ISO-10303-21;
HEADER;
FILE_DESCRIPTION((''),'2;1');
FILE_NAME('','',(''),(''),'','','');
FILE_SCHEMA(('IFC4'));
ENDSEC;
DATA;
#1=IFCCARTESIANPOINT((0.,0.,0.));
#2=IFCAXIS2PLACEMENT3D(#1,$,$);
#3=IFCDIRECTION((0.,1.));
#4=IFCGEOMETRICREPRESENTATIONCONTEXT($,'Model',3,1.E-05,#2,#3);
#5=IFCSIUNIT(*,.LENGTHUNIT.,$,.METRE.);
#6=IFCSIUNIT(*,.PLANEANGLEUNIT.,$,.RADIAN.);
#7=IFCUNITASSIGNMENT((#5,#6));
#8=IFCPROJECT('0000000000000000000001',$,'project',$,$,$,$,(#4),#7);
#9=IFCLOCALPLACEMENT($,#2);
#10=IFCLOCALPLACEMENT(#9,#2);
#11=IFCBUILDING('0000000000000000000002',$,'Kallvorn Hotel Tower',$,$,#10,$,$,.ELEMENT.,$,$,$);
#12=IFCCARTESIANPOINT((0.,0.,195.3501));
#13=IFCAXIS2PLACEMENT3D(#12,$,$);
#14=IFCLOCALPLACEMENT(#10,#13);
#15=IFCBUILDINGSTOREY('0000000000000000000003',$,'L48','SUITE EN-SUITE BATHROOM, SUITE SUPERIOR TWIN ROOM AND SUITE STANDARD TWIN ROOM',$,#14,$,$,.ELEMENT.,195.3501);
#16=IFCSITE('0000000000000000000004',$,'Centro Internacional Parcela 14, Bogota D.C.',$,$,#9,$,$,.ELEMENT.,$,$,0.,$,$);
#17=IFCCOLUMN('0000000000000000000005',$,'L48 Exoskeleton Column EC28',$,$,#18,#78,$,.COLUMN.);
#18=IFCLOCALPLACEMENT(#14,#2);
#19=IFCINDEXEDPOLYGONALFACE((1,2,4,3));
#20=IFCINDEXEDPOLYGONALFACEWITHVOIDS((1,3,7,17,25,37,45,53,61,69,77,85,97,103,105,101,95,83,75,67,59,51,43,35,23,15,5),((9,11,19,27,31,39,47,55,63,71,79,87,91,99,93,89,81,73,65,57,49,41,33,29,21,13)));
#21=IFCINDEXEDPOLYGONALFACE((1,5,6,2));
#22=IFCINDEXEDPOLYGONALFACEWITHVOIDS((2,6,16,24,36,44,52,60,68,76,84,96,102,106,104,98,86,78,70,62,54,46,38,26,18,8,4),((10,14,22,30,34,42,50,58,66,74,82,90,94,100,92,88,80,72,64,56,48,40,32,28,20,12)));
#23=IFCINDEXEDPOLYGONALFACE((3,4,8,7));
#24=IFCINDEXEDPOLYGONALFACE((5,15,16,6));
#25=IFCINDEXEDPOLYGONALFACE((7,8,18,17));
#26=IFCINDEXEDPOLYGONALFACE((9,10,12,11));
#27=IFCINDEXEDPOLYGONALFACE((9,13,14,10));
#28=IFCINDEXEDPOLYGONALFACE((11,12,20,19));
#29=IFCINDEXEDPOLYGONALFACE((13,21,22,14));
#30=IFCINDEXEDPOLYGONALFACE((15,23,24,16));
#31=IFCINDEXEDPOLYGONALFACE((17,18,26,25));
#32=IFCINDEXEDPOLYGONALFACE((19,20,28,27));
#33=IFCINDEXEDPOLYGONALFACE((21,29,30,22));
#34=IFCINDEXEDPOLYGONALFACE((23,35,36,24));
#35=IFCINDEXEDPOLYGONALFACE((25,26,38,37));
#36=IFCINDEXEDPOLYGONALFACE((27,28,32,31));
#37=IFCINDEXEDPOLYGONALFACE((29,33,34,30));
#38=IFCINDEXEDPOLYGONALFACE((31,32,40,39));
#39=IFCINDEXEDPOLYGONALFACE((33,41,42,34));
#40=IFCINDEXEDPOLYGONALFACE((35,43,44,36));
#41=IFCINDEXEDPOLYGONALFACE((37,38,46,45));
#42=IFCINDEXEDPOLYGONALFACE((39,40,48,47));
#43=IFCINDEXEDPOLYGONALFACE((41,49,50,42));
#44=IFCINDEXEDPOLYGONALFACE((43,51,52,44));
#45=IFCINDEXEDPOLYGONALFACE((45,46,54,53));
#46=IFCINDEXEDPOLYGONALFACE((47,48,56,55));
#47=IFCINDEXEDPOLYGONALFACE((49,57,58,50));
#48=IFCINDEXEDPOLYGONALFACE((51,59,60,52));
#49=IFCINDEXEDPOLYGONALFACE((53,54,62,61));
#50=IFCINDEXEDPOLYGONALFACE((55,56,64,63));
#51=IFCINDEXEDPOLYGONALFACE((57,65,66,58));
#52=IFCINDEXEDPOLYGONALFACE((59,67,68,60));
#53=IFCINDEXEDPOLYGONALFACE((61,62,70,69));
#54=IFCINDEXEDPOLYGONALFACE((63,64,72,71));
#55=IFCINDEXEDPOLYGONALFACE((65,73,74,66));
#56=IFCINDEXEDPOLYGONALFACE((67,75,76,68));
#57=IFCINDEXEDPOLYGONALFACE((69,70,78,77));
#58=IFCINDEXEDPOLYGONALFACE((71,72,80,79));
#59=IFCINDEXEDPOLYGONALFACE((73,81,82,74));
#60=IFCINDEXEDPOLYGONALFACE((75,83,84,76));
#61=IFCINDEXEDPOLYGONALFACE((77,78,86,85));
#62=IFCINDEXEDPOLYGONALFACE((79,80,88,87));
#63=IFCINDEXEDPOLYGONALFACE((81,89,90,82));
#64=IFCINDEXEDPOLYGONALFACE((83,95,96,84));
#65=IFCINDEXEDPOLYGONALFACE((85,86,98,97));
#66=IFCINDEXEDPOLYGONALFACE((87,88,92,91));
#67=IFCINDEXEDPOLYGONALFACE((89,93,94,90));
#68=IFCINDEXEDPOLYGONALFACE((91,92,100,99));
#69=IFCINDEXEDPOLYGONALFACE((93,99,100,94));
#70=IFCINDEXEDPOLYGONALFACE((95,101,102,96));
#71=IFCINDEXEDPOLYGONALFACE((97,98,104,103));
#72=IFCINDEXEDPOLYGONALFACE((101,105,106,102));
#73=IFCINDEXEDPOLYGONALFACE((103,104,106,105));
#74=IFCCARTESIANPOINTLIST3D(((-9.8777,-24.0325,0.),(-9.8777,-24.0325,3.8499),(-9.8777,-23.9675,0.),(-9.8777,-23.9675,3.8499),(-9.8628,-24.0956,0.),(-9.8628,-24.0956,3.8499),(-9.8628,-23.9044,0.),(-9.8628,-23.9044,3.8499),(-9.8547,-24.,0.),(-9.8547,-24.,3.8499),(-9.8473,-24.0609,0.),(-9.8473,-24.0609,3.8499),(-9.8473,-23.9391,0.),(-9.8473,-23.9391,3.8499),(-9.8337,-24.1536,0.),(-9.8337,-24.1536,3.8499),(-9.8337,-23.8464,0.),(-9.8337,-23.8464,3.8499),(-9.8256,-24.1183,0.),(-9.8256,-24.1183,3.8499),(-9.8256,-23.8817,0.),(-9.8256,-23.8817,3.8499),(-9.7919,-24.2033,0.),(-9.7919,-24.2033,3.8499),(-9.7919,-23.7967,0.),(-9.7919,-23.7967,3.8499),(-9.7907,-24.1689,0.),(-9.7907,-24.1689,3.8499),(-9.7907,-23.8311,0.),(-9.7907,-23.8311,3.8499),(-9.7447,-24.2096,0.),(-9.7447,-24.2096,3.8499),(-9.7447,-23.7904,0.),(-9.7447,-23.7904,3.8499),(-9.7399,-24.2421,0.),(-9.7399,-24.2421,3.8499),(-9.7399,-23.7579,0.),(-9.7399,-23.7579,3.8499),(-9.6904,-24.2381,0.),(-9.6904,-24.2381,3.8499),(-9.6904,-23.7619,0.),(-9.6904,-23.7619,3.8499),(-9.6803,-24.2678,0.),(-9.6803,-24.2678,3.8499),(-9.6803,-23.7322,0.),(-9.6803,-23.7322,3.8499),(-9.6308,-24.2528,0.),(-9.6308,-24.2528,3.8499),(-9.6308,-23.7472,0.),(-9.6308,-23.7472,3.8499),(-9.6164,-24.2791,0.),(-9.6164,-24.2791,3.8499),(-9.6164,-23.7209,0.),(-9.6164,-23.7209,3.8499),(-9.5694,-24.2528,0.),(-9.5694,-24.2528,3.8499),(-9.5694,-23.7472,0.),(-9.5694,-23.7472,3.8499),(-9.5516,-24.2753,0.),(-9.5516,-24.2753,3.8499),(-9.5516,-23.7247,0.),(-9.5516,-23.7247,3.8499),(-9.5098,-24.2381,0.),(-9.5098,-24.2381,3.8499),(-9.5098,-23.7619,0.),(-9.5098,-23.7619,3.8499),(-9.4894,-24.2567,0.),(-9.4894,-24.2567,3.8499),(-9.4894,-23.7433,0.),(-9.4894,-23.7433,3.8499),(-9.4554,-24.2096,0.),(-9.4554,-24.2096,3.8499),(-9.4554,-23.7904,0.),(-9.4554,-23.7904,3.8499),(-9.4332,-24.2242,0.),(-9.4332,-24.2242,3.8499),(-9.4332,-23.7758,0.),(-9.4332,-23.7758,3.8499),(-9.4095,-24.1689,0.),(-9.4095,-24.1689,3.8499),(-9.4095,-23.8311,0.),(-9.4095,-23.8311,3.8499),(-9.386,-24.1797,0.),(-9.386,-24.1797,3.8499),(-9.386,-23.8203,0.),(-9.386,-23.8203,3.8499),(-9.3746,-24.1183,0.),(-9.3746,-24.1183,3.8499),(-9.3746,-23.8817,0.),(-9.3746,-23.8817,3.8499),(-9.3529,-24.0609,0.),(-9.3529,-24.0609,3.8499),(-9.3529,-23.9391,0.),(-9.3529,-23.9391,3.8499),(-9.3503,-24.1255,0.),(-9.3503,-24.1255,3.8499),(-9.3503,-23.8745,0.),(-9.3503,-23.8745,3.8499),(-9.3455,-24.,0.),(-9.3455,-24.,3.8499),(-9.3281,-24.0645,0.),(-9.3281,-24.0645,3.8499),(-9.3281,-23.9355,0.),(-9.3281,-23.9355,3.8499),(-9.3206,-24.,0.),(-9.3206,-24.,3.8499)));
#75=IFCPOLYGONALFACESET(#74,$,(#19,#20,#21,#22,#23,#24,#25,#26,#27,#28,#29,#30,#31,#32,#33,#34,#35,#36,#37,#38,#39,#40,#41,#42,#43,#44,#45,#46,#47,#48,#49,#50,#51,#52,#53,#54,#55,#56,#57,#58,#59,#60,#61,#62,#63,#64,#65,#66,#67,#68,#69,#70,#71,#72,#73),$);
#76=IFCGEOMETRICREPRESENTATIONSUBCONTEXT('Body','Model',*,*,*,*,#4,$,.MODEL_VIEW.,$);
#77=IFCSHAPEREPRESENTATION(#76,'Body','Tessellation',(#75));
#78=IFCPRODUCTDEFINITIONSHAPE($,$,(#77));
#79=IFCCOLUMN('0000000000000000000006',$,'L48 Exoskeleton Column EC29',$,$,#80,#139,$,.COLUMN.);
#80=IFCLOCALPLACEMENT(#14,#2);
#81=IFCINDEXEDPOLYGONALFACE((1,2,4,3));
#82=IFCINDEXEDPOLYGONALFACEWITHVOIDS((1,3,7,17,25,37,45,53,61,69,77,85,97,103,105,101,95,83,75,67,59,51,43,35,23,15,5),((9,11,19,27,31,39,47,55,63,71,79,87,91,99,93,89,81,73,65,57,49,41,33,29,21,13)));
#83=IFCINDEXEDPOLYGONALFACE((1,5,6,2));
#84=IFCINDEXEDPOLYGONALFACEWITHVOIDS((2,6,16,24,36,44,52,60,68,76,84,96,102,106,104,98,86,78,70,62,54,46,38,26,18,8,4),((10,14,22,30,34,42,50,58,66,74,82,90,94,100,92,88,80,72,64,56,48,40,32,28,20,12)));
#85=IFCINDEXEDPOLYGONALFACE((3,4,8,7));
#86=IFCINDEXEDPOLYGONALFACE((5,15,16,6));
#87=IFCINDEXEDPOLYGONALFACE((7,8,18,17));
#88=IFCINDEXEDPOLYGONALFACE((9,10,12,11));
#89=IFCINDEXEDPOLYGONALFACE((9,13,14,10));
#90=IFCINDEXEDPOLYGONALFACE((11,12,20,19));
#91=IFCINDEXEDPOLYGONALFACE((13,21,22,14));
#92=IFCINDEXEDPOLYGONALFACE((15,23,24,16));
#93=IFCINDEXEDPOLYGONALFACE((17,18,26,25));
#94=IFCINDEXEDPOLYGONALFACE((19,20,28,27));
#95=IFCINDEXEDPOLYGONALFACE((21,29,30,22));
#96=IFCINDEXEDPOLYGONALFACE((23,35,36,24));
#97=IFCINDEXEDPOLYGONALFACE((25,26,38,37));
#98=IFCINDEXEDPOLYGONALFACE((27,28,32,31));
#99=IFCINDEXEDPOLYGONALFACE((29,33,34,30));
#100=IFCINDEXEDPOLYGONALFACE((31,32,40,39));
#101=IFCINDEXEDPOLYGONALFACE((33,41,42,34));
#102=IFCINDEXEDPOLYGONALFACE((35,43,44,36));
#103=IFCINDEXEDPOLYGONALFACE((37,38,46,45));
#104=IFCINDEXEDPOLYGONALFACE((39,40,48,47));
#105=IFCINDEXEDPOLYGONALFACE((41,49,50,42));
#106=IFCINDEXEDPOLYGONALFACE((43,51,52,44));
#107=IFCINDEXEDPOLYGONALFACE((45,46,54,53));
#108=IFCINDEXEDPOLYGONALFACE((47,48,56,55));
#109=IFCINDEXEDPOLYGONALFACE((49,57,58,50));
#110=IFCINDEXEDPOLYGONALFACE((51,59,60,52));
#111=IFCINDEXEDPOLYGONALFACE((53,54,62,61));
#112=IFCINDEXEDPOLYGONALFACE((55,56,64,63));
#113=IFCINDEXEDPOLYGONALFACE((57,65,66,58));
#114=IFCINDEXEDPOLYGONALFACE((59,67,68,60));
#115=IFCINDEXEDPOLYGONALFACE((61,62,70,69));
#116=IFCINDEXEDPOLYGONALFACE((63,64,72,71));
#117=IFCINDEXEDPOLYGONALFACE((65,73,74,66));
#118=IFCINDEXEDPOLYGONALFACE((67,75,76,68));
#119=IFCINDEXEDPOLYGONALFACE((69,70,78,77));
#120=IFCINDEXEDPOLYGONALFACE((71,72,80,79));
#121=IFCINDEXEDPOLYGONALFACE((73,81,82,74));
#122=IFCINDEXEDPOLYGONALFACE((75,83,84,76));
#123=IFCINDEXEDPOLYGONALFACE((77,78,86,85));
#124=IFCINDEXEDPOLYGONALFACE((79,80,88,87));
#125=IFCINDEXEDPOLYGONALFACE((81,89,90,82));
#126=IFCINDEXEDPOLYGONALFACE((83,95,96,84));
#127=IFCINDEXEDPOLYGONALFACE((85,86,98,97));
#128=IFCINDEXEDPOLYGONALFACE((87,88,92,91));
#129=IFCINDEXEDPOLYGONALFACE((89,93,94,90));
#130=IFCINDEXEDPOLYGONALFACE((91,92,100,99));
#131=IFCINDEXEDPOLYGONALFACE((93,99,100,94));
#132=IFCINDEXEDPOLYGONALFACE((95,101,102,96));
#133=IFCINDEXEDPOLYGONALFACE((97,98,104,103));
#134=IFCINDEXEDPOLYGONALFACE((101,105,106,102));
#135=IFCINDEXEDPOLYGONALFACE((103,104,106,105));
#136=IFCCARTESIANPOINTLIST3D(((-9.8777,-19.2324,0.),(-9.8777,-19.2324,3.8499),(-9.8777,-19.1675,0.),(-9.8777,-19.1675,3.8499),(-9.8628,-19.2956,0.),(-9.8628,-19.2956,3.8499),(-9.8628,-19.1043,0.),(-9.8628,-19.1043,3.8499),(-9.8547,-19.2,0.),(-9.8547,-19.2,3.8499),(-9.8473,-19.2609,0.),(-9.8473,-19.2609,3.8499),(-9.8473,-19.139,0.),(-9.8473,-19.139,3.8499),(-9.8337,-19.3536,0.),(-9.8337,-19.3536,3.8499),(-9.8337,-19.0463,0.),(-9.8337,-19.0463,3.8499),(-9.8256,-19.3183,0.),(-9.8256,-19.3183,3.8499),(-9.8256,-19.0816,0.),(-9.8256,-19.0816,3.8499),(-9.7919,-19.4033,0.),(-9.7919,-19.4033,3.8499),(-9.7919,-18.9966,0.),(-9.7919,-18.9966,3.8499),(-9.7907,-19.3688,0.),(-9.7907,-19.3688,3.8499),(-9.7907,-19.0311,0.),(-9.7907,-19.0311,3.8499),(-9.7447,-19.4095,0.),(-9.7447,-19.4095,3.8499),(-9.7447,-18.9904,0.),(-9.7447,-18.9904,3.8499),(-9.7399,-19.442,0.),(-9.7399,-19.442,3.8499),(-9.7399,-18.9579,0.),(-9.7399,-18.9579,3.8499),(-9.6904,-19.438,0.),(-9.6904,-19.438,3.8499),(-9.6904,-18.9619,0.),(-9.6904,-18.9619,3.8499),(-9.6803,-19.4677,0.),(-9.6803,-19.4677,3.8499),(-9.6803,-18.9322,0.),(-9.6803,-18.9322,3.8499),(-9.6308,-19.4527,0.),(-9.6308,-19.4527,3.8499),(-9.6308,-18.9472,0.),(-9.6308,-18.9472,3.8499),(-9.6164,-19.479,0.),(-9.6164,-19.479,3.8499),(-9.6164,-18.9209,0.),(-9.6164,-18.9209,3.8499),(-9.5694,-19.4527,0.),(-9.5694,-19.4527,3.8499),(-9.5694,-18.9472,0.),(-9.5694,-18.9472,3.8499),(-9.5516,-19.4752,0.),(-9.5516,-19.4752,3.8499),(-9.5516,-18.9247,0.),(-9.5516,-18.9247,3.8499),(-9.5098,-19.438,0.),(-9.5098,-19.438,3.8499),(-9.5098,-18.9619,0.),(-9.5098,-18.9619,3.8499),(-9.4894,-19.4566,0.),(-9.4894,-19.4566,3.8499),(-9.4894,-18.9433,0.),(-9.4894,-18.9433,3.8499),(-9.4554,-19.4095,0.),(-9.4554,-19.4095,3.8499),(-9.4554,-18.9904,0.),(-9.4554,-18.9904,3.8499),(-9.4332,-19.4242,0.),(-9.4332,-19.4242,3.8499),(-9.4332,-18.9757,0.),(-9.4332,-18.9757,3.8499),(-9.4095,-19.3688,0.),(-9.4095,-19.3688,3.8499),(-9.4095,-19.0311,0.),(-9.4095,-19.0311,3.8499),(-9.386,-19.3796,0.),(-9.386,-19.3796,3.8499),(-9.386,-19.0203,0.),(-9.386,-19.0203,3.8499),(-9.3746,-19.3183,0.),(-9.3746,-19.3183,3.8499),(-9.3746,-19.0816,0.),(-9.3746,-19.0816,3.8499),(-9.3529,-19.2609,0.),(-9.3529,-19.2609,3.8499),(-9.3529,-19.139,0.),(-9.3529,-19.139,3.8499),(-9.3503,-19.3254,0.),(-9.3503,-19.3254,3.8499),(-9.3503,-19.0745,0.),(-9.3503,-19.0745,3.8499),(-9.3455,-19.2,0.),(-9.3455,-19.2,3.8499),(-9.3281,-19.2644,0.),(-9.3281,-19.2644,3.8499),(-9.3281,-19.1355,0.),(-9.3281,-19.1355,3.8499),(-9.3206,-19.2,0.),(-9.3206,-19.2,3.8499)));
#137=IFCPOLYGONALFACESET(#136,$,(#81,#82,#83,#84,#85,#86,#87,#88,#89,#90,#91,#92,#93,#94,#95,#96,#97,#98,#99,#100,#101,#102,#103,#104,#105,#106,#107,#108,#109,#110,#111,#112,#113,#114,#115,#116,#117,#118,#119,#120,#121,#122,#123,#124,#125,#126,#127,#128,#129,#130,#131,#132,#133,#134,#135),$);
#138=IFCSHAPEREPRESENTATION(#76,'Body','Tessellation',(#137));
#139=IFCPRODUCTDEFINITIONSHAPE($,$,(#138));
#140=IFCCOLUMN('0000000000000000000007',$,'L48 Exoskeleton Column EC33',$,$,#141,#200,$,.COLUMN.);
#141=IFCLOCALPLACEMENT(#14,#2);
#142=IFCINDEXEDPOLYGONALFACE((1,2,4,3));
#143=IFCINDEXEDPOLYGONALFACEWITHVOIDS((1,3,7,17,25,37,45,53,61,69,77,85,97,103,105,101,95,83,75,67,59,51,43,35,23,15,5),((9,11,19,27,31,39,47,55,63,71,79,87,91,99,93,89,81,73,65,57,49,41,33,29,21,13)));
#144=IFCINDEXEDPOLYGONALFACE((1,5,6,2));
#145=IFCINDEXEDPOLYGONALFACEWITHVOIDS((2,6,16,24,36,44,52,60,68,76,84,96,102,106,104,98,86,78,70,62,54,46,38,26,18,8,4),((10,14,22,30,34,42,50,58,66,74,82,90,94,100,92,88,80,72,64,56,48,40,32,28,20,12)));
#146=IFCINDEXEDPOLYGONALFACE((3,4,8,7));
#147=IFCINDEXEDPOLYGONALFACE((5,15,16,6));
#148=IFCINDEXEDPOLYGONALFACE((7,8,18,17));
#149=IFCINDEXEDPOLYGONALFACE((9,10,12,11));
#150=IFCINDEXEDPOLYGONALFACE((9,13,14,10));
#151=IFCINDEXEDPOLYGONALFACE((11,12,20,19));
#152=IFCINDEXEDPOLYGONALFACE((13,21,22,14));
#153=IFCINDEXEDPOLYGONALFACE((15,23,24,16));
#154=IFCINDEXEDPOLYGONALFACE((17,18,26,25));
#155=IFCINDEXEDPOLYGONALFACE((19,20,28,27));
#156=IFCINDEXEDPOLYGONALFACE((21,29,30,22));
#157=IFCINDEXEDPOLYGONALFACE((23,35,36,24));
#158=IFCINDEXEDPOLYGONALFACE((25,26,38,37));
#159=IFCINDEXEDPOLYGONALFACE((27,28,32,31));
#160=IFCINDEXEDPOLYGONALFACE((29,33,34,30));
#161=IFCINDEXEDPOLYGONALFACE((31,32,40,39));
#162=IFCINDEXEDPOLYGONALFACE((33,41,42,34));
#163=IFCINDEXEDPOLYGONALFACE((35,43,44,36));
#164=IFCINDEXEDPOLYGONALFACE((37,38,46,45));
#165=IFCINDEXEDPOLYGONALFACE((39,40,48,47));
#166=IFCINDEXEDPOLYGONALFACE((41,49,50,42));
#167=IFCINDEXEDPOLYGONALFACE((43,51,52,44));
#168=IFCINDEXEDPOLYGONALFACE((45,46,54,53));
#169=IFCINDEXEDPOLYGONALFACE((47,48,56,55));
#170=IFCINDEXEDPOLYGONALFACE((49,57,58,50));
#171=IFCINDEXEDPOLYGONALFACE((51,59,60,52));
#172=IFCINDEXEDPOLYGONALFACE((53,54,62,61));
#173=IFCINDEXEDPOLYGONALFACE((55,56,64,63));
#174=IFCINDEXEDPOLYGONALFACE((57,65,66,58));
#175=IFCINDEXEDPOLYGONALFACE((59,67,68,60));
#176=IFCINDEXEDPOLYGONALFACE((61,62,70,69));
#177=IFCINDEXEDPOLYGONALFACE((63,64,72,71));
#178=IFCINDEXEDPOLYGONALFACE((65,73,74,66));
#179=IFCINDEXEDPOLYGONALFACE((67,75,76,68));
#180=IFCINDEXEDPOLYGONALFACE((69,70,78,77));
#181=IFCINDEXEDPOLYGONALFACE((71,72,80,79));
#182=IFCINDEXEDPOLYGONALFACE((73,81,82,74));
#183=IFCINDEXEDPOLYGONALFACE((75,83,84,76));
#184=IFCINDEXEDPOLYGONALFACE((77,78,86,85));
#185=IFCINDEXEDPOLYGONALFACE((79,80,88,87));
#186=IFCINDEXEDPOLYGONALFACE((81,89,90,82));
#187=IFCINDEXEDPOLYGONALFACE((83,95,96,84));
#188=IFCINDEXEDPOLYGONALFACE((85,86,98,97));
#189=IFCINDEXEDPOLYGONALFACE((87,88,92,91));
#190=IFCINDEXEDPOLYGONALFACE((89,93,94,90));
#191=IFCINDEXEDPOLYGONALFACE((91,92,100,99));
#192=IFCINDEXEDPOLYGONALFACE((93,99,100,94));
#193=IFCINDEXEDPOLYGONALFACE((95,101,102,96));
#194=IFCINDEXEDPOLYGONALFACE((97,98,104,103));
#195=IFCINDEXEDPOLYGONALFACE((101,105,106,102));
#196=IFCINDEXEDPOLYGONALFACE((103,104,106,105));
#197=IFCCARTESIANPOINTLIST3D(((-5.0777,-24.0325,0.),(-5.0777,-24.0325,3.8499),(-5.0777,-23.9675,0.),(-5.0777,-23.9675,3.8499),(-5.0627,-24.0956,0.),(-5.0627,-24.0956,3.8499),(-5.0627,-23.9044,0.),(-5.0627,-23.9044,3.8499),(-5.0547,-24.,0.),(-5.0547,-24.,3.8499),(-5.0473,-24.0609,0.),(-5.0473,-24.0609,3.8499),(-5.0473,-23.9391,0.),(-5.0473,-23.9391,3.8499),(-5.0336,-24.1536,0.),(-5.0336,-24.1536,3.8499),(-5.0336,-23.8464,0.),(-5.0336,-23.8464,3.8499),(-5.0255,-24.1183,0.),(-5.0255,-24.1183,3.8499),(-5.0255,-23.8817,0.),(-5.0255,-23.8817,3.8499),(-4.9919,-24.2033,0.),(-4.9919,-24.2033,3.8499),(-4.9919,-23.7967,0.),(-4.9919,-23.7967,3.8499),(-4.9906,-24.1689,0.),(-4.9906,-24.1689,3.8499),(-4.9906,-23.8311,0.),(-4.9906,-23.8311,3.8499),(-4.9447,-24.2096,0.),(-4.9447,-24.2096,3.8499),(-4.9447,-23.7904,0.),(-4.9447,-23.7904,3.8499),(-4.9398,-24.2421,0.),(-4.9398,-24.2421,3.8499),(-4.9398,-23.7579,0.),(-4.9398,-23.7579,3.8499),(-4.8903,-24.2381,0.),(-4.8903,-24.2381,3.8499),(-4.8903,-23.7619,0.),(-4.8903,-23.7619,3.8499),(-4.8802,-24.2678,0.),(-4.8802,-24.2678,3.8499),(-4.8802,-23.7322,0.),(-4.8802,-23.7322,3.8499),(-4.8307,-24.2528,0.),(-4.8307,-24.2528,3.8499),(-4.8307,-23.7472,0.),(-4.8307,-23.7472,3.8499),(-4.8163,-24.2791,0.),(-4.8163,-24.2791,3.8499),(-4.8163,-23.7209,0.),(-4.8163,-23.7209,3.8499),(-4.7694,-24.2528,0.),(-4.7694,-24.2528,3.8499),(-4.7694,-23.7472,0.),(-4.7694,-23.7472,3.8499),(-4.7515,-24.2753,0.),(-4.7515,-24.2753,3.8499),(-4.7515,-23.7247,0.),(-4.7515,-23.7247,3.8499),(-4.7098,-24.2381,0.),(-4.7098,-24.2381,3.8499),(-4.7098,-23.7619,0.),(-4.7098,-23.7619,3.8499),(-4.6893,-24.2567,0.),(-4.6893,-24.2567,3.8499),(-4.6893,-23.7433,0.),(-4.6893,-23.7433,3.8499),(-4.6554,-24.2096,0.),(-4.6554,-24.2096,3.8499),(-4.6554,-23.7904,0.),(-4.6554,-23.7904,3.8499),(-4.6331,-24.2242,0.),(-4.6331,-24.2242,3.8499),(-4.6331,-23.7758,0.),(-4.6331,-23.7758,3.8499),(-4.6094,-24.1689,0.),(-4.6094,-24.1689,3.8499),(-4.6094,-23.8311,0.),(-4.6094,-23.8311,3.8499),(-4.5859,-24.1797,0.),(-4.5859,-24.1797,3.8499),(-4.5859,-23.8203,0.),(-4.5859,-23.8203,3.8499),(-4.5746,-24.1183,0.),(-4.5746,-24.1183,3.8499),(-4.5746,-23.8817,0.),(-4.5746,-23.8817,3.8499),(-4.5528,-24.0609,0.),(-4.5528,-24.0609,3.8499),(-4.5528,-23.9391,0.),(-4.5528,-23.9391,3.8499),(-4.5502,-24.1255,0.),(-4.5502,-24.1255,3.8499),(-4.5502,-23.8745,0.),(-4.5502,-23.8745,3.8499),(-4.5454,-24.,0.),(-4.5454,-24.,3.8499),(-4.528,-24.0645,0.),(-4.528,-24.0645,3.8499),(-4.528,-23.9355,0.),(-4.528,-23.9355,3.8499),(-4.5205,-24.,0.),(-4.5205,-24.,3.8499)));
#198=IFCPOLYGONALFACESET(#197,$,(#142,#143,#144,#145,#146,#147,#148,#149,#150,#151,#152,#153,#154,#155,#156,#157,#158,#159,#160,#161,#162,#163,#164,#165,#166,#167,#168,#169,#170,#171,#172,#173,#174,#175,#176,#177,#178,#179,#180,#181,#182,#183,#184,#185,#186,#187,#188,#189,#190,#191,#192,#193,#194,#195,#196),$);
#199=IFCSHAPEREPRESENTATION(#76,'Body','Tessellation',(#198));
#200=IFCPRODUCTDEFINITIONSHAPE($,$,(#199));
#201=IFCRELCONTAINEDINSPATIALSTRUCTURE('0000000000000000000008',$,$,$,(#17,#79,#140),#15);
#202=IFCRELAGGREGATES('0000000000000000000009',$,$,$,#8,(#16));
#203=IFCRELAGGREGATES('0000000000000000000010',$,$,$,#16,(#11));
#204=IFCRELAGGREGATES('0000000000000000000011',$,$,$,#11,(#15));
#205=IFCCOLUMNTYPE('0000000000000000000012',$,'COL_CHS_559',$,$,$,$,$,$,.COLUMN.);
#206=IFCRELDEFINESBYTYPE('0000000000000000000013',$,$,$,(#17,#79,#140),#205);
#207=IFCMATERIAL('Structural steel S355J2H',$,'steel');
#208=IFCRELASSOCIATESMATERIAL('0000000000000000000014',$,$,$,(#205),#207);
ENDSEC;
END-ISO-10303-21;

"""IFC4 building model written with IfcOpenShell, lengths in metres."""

from ifc_helpers import new_model, si_unit, direction, frame, origin, origin_2d, place, context, subcontext, project, spatial, hollow_circle, extrude, material, material_profile, profile_set, type_object, element, save


model = new_model("IFC4")

# Units and contexts
model_context = context("Model", 3, precision=1e-05, world=origin(), true_north=direction((0.0, 1.0)))
body_context = subcontext(model_context, "Body", "Model", "MODEL_VIEW")
ifc_project = project(units=[si_unit("LENGTHUNIT", "METRE"), si_unit("PLANEANGLEUNIT", "RADIAN")], contexts=[model_context])

# Site, building, storey
site_placement = place(None, origin())
site = spatial("IfcSite", under=ifc_project, at=site_placement, Name="Centro Internacional Parcela 14, Bogota D.C.", CompositionType="ELEMENT", RefElevation=0.0)
building_placement = place(site_placement, origin())
building = spatial("IfcBuilding", under=site, at=building_placement, Name="Kallvorn Hotel Tower", CompositionType="ELEMENT")
storey_placement = place(building_placement, frame((0.0, 0.0, 195.3501)))
storey = spatial("IfcBuildingStorey", under=building, at=storey_placement, Name="L48", Description="SUITE EN-SUITE BATHROOM, SUITE SUPERIOR TWIN ROOM AND SUITE STANDARD TWIN ROOM", CompositionType="ELEMENT", Elevation=195.3501)

# Columns
ifc_material_1 = material(Name="Structural steel S355J2H", Category="steel")
ifc_material_profile_1 = material_profile(ifc_material_1, hollow_circle(Radius=0.2795, WallThickness=0.0249, at=origin_2d()), Name="CHS 559x25")
ifc_profile_set_1 = profile_set([ifc_material_profile_1], Name="Structural steel S355J2H")
column_type_1 = type_object("IfcColumnType", Name="COL_CHS_559", PredefinedType="COLUMN", material=ifc_profile_set_1)
for number, where, z_axis, x_axis, name in (
    (1, (-9.6001, -24.0, 0.0), (0.0, 0.0, 1.0), (1.0, 0.0, 0.0), "L48 Exoskeleton Column EC28"),
    (2, (-9.6001, -19.2, 0.0), (0.0, 0.0, 1.0), (1.0, 0.0, 0.0), "L48 Exoskeleton Column EC29"),
    (3, (-4.8, -24.0, 0.0), (0.0, 0.0, 1.0), (1.0, 0.0, 0.0), "L48 Exoskeleton Column EC33"),
):
    element("IfcColumn", number, at=place(storey_placement, frame(where, z_axis=z_axis, x_axis=x_axis)), inside=storey, type_object=column_type_1, Name=name, PredefinedType="COLUMN", context=body_context, shape_type="SweptSolid", body=[
        extrude(hollow_circle(Radius=0.2795, WallThickness=0.0249, at=origin_2d()), origin(), (0.0, 0.0, 1.0), 3.8499),
    ])

save(model, "model.ifc")
